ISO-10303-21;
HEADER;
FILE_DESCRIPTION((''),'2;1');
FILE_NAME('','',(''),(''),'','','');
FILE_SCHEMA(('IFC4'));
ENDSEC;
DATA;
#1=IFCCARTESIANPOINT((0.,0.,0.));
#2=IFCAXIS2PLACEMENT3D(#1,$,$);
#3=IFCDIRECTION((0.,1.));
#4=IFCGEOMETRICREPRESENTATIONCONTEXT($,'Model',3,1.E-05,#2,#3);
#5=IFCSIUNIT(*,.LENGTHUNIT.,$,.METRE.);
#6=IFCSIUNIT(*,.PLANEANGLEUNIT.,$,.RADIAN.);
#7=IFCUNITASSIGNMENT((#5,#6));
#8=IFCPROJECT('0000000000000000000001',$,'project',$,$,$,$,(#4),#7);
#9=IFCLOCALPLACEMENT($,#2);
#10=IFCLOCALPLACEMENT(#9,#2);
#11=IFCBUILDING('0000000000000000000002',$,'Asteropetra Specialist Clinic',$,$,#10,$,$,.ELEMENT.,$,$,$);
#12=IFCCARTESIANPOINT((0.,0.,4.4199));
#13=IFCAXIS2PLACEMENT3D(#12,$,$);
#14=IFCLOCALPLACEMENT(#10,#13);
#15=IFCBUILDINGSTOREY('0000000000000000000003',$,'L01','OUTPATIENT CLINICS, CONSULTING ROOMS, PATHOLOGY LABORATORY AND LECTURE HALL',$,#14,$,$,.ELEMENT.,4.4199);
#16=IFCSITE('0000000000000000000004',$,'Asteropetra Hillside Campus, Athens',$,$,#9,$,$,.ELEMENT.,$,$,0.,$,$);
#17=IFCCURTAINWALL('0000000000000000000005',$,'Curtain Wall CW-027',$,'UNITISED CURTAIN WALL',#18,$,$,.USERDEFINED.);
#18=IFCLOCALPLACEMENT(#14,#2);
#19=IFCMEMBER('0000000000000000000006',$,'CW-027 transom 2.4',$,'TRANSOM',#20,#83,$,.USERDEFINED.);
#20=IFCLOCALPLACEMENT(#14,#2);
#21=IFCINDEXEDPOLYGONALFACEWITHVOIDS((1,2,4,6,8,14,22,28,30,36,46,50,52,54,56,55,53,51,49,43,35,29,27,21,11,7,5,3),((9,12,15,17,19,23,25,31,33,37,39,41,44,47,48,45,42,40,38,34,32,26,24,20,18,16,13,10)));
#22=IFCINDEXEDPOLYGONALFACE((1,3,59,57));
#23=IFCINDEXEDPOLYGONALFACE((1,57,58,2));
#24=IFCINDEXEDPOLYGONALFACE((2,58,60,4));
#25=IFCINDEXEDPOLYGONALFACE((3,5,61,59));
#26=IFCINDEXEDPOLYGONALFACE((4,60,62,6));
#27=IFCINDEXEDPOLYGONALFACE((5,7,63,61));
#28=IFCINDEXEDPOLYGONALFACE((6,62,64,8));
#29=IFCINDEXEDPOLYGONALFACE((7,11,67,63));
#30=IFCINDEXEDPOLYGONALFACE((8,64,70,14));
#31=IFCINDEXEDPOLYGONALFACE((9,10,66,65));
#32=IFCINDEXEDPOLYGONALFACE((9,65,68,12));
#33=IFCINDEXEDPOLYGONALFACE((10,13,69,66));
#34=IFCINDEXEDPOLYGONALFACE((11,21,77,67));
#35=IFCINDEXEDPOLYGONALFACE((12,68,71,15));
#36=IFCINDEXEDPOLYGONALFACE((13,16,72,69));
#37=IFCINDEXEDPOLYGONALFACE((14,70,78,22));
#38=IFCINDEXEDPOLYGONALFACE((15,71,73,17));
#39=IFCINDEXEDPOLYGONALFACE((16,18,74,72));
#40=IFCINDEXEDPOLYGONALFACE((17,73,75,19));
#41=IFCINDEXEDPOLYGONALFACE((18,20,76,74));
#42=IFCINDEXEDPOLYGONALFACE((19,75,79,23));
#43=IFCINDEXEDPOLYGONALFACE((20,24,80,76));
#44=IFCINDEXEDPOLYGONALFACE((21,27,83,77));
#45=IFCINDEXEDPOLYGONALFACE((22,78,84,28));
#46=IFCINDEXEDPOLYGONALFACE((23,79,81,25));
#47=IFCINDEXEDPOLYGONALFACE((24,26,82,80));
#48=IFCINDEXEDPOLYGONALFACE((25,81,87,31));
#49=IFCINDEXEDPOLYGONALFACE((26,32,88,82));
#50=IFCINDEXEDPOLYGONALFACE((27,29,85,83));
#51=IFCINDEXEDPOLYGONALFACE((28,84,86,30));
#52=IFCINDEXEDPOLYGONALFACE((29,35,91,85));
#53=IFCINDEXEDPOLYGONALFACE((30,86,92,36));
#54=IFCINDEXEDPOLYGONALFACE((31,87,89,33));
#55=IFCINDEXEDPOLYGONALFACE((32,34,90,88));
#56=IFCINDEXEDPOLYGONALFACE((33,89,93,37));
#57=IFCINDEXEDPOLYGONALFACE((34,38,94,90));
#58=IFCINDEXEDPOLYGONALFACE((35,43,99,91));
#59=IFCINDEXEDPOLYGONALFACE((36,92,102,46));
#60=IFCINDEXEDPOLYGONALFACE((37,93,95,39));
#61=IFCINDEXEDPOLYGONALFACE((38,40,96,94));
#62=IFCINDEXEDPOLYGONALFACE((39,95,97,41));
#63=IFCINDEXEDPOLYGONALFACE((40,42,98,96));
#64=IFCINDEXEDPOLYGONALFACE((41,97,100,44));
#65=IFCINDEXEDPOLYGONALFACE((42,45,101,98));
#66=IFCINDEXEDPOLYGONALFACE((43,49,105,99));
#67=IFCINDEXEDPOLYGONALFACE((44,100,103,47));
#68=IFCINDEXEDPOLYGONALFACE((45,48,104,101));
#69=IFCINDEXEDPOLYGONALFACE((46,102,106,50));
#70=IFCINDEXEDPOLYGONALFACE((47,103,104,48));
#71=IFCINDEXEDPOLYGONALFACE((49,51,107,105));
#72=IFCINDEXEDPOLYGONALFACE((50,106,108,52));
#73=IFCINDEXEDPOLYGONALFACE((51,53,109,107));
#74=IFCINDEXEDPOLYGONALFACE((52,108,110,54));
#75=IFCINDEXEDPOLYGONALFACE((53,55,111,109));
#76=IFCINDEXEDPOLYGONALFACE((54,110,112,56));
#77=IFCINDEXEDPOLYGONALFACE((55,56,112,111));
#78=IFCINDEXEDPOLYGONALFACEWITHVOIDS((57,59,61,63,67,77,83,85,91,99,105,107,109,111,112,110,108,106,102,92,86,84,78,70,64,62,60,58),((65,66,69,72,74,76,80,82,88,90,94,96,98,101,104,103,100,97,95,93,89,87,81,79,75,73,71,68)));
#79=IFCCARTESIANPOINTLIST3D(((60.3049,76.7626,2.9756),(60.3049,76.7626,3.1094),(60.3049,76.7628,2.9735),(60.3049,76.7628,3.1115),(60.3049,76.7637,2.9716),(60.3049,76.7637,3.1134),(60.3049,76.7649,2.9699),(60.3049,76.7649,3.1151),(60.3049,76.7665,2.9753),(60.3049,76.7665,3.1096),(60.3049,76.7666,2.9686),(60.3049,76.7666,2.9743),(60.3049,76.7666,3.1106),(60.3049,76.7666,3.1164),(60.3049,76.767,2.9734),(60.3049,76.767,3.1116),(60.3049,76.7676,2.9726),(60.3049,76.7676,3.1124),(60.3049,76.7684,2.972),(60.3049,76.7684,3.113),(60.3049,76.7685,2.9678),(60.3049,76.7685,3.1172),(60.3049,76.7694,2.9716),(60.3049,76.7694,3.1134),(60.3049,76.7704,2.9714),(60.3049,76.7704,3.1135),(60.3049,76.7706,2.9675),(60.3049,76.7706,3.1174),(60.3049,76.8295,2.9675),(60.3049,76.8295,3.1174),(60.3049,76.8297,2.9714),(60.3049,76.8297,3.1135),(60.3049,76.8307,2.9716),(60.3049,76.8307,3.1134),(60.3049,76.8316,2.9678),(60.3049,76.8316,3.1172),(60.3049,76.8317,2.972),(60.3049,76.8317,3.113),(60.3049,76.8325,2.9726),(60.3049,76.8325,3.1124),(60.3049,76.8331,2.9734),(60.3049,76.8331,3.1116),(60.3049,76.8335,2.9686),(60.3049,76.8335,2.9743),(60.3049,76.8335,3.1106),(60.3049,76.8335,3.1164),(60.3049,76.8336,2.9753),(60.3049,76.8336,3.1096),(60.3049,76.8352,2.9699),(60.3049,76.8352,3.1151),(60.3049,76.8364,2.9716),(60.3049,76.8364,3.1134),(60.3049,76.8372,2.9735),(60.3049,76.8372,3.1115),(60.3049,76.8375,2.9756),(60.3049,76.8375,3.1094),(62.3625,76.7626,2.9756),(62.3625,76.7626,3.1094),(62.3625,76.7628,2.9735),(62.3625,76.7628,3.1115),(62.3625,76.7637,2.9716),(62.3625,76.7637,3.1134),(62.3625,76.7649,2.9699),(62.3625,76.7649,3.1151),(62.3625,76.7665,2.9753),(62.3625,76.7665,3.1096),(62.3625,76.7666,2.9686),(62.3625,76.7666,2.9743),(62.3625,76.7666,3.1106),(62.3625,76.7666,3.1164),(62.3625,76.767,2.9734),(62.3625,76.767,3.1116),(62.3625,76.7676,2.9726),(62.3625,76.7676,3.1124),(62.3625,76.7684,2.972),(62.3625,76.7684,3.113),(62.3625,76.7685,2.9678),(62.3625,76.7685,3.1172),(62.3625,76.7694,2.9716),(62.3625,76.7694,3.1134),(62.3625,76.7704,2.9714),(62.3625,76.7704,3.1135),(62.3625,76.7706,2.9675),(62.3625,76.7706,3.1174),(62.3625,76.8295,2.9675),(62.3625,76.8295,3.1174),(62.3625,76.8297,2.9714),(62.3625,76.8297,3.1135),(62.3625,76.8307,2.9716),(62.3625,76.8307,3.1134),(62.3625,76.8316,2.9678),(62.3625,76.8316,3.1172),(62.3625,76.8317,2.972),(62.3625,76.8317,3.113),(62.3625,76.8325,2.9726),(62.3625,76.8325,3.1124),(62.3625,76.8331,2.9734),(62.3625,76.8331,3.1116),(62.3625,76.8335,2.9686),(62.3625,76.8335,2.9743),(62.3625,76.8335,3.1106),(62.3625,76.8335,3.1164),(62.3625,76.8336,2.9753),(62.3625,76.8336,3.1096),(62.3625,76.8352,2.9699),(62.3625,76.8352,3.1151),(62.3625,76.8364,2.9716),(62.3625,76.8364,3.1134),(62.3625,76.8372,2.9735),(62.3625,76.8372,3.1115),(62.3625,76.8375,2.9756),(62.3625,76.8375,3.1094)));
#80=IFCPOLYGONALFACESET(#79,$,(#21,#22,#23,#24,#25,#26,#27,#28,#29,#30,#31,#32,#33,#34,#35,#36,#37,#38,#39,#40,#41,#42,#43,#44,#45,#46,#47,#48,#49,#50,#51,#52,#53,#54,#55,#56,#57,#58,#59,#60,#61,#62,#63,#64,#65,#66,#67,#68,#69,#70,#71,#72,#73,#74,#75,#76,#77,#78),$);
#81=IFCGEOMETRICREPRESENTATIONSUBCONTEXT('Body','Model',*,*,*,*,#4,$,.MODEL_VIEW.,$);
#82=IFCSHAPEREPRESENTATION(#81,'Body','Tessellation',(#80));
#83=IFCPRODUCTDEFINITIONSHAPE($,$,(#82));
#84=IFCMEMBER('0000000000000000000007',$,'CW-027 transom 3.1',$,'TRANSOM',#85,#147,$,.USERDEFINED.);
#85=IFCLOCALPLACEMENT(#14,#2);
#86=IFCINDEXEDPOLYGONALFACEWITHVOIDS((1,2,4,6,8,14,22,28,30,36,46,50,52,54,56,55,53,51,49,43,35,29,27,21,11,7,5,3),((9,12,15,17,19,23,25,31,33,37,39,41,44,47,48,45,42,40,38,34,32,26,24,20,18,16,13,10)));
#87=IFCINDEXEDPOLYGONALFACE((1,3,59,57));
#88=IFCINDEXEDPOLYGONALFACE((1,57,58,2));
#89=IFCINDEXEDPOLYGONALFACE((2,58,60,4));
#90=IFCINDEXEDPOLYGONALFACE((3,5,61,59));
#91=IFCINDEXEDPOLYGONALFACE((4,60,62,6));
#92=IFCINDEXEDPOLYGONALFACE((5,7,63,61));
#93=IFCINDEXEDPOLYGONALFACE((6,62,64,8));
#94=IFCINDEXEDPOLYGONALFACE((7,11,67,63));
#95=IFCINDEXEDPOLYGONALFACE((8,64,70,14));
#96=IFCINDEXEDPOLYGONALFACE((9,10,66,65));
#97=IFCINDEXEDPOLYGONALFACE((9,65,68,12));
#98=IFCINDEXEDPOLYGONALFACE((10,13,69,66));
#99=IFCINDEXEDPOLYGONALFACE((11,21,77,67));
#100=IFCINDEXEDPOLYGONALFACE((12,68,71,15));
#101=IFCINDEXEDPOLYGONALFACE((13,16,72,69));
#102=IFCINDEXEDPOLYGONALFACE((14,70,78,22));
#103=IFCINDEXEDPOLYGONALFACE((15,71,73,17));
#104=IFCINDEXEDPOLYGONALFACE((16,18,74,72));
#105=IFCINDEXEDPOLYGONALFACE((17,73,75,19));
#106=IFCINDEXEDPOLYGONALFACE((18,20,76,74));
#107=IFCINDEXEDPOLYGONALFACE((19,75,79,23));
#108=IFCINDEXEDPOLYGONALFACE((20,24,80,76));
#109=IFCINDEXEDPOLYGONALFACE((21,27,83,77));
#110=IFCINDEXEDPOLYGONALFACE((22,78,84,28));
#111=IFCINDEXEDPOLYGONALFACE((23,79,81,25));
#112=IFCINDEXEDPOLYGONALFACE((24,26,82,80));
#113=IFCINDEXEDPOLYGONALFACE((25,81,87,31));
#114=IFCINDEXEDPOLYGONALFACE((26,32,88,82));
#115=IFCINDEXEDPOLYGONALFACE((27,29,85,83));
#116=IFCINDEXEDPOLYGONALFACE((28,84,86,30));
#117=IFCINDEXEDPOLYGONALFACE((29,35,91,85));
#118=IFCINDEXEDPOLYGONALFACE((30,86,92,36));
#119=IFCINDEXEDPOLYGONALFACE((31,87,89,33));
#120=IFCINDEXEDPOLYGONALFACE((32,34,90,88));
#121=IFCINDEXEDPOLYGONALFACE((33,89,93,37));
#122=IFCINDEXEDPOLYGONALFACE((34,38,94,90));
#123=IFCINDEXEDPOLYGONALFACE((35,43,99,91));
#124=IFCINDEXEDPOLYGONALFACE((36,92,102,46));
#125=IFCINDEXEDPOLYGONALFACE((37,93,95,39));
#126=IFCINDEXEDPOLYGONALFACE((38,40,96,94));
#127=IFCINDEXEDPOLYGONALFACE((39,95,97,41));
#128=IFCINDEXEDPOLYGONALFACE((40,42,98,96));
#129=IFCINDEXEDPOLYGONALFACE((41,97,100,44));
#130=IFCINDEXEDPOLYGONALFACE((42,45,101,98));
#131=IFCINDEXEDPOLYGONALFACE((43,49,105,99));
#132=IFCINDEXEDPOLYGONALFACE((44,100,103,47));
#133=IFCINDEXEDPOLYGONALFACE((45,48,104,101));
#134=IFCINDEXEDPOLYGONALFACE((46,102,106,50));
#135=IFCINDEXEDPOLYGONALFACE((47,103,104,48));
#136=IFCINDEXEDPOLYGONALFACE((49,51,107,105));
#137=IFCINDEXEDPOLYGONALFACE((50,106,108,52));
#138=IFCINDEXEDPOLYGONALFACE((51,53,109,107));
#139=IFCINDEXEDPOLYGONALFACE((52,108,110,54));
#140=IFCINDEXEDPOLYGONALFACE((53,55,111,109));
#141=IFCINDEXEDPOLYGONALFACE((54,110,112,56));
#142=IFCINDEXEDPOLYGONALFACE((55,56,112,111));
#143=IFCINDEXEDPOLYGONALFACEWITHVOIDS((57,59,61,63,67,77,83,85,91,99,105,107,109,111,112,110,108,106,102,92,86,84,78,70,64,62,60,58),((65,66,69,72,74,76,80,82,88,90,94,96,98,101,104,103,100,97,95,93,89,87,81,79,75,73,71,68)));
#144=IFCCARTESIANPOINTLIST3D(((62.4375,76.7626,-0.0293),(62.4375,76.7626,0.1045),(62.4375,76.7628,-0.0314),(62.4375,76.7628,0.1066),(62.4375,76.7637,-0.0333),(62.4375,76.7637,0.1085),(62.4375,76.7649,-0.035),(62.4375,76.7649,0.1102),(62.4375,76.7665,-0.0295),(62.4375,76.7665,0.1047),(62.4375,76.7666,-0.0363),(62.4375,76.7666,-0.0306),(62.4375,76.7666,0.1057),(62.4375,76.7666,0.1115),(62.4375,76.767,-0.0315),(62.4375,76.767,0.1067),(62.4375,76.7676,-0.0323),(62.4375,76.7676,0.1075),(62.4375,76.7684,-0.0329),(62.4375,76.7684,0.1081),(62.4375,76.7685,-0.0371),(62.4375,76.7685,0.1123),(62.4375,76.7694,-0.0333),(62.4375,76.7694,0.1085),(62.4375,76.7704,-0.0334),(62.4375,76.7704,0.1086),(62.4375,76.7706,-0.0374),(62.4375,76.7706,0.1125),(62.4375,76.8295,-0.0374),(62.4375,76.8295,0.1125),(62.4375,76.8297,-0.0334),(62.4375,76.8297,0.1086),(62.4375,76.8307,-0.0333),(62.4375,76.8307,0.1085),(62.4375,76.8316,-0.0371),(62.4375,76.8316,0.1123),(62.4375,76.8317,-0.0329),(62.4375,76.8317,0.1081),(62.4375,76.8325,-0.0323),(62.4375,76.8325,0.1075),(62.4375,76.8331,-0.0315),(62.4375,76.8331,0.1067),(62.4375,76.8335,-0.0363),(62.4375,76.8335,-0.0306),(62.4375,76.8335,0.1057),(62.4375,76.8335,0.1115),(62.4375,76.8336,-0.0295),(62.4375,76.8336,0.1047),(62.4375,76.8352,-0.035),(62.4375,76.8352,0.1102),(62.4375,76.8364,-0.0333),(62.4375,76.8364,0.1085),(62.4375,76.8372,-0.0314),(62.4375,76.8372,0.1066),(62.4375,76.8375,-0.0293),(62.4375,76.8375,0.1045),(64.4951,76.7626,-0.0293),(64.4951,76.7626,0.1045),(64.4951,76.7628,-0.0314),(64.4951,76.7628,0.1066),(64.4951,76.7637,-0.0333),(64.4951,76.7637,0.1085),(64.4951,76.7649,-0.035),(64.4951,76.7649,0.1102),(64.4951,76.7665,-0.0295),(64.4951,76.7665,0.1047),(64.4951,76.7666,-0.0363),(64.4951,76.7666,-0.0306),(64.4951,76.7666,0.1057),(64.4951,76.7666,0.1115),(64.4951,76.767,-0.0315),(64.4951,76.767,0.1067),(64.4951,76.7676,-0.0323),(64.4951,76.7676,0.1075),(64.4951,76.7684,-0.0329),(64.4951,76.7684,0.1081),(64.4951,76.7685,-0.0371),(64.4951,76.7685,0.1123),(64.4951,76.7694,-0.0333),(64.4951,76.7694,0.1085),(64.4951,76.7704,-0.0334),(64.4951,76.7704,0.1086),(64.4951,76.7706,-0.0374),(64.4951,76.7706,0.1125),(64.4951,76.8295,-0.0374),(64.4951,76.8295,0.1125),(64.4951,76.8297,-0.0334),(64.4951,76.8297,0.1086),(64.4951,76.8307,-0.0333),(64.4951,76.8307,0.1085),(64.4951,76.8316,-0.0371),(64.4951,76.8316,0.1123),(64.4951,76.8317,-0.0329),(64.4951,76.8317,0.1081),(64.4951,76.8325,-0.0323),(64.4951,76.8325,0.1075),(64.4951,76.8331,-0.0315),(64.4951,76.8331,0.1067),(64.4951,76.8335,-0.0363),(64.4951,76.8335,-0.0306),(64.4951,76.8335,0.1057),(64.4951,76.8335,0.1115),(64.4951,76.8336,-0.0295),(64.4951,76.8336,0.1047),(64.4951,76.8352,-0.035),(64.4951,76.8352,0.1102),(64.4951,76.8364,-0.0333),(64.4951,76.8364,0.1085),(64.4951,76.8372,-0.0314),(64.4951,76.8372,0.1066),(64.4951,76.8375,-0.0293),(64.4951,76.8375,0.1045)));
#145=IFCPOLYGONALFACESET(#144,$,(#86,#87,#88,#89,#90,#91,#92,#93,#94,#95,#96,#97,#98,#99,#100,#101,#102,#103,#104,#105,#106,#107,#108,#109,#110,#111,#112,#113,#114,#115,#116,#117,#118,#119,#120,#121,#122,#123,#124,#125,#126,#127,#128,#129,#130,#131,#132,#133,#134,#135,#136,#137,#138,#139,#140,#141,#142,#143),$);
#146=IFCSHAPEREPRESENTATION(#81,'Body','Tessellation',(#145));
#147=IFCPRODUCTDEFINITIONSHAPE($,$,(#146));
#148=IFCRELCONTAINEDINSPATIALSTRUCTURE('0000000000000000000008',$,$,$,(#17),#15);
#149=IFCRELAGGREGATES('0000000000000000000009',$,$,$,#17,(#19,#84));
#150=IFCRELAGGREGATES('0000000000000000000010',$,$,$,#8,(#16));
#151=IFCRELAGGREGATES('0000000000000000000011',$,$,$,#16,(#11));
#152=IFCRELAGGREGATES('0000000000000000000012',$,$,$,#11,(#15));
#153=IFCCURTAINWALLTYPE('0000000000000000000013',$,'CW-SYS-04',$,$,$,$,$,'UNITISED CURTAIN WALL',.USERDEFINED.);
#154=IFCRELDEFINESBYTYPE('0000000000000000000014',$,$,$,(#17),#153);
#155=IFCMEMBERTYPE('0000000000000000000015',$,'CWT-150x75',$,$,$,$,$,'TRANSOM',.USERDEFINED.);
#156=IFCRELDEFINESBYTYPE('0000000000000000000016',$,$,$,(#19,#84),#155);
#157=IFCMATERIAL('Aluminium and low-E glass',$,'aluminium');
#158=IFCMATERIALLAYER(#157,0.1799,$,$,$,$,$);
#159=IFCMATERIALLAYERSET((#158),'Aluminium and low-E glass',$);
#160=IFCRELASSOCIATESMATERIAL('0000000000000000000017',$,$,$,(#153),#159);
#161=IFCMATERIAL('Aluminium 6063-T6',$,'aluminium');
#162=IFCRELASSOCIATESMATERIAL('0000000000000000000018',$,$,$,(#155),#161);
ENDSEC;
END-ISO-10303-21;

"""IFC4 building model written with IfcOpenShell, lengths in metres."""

from ifc_helpers import new_model, si_unit, direction, frame, origin, origin_2d, place, context, subcontext, project, spatial, hollow_rectangle, extrude, material, layer, layer_set, material_profile, profile_set, type_object, element, aggregate, save


model = new_model("IFC4")

# Units and contexts
model_context = context("Model", 3, precision=1e-05, world=origin(), true_north=direction((0.0, 1.0)))
body_context = subcontext(model_context, "Body", "Model", "MODEL_VIEW")
ifc_project = project(units=[si_unit("LENGTHUNIT", "METRE"), si_unit("PLANEANGLEUNIT", "RADIAN")], contexts=[model_context])

# Site, building, storey
site_placement = place(None, origin())
site = spatial("IfcSite", under=ifc_project, at=site_placement, Name="Asteropetra Hillside Campus, Athens", CompositionType="ELEMENT", RefElevation=0.0)
building_placement = place(site_placement, origin())
building = spatial("IfcBuilding", under=site, at=building_placement, Name="Asteropetra Specialist Clinic", CompositionType="ELEMENT")
storey_placement = place(building_placement, frame((0.0, 0.0, 4.4199)))
storey = spatial("IfcBuildingStorey", under=building, at=storey_placement, Name="L01", Description="OUTPATIENT CLINICS, CONSULTING ROOMS, PATHOLOGY LABORATORY AND LECTURE HALL", CompositionType="ELEMENT", Elevation=4.4199)

# Curtain wall, members
ifc_material_1 = material(Name="Aluminium and low-E glass", Category="aluminium")
ifc_layer_1 = layer(ifc_material_1, 0.1799)
ifc_layer_set_1 = layer_set([ifc_layer_1], Name="Aluminium and low-E glass")
curtain_wall_type = type_object("IfcCurtainWallType", Name="CW-SYS-04", ElementType="UNITISED CURTAIN WALL", PredefinedType="USERDEFINED", material=ifc_layer_set_1)
curtain_wall_placement = place(storey_placement, origin())
curtain_wall = element("IfcCurtainWall", 1, at=curtain_wall_placement, inside=storey, type_object=curtain_wall_type, Name="Curtain Wall CW-027", ObjectType="UNITISED CURTAIN WALL", PredefinedType="USERDEFINED")
ifc_material_2 = material(Name="Aluminium 6063-T6", Category="aluminium")
ifc_material_profile_1 = material_profile(ifc_material_2, hollow_rectangle(XDim=0.075, YDim=0.1499, WallThickness=0.0039, InnerFilletRadius=0.0039, OuterFilletRadius=0.0081, at=origin_2d()), Name="TRN 150x75x4.0")
ifc_profile_set_1 = profile_set([ifc_material_profile_1], Name="Aluminium 6063-T6")
member_type_1 = type_object("IfcMemberType", Name="CWT-150x75", ElementType="TRANSOM", PredefinedType="USERDEFINED", material=ifc_profile_set_1)
member_1_placement = place(storey_placement, frame((60.3049, 76.8, 3.0425), z_axis=(1.0, 0.0, 0.0), x_axis=(0.0, 1.0, 0.0)))
member_1 = element("IfcMember", 2, at=member_1_placement, type_object=member_type_1, Name="CW-027 transom 2.4", ObjectType="TRANSOM", PredefinedType="USERDEFINED", context=body_context, shape_type="SweptSolid", body=[
    extrude(hollow_rectangle(XDim=0.075, YDim=0.1499, WallThickness=0.0039, InnerFilletRadius=0.0039, OuterFilletRadius=0.0081, at=origin_2d()), origin(), (0.0, 0.0, 1.0), 2.0576),
])
member_2_placement = place(storey_placement, frame((62.4375, 76.8, 0.0376), z_axis=(1.0, 0.0, 0.0), x_axis=(0.0, 1.0, 0.0)))
member_2 = element("IfcMember", 3, at=member_2_placement, type_object=member_type_1, Name="CW-027 transom 3.1", ObjectType="TRANSOM", PredefinedType="USERDEFINED", context=body_context, shape_type="SweptSolid", body=[
    extrude(hollow_rectangle(XDim=0.075, YDim=0.1499, WallThickness=0.0039, InnerFilletRadius=0.0039, OuterFilletRadius=0.0081, at=origin_2d()), origin(), (0.0, 0.0, 1.0), 2.0576),
])
aggregate(curtain_wall, [member_1, member_2])

save(model, "model.ifc")
